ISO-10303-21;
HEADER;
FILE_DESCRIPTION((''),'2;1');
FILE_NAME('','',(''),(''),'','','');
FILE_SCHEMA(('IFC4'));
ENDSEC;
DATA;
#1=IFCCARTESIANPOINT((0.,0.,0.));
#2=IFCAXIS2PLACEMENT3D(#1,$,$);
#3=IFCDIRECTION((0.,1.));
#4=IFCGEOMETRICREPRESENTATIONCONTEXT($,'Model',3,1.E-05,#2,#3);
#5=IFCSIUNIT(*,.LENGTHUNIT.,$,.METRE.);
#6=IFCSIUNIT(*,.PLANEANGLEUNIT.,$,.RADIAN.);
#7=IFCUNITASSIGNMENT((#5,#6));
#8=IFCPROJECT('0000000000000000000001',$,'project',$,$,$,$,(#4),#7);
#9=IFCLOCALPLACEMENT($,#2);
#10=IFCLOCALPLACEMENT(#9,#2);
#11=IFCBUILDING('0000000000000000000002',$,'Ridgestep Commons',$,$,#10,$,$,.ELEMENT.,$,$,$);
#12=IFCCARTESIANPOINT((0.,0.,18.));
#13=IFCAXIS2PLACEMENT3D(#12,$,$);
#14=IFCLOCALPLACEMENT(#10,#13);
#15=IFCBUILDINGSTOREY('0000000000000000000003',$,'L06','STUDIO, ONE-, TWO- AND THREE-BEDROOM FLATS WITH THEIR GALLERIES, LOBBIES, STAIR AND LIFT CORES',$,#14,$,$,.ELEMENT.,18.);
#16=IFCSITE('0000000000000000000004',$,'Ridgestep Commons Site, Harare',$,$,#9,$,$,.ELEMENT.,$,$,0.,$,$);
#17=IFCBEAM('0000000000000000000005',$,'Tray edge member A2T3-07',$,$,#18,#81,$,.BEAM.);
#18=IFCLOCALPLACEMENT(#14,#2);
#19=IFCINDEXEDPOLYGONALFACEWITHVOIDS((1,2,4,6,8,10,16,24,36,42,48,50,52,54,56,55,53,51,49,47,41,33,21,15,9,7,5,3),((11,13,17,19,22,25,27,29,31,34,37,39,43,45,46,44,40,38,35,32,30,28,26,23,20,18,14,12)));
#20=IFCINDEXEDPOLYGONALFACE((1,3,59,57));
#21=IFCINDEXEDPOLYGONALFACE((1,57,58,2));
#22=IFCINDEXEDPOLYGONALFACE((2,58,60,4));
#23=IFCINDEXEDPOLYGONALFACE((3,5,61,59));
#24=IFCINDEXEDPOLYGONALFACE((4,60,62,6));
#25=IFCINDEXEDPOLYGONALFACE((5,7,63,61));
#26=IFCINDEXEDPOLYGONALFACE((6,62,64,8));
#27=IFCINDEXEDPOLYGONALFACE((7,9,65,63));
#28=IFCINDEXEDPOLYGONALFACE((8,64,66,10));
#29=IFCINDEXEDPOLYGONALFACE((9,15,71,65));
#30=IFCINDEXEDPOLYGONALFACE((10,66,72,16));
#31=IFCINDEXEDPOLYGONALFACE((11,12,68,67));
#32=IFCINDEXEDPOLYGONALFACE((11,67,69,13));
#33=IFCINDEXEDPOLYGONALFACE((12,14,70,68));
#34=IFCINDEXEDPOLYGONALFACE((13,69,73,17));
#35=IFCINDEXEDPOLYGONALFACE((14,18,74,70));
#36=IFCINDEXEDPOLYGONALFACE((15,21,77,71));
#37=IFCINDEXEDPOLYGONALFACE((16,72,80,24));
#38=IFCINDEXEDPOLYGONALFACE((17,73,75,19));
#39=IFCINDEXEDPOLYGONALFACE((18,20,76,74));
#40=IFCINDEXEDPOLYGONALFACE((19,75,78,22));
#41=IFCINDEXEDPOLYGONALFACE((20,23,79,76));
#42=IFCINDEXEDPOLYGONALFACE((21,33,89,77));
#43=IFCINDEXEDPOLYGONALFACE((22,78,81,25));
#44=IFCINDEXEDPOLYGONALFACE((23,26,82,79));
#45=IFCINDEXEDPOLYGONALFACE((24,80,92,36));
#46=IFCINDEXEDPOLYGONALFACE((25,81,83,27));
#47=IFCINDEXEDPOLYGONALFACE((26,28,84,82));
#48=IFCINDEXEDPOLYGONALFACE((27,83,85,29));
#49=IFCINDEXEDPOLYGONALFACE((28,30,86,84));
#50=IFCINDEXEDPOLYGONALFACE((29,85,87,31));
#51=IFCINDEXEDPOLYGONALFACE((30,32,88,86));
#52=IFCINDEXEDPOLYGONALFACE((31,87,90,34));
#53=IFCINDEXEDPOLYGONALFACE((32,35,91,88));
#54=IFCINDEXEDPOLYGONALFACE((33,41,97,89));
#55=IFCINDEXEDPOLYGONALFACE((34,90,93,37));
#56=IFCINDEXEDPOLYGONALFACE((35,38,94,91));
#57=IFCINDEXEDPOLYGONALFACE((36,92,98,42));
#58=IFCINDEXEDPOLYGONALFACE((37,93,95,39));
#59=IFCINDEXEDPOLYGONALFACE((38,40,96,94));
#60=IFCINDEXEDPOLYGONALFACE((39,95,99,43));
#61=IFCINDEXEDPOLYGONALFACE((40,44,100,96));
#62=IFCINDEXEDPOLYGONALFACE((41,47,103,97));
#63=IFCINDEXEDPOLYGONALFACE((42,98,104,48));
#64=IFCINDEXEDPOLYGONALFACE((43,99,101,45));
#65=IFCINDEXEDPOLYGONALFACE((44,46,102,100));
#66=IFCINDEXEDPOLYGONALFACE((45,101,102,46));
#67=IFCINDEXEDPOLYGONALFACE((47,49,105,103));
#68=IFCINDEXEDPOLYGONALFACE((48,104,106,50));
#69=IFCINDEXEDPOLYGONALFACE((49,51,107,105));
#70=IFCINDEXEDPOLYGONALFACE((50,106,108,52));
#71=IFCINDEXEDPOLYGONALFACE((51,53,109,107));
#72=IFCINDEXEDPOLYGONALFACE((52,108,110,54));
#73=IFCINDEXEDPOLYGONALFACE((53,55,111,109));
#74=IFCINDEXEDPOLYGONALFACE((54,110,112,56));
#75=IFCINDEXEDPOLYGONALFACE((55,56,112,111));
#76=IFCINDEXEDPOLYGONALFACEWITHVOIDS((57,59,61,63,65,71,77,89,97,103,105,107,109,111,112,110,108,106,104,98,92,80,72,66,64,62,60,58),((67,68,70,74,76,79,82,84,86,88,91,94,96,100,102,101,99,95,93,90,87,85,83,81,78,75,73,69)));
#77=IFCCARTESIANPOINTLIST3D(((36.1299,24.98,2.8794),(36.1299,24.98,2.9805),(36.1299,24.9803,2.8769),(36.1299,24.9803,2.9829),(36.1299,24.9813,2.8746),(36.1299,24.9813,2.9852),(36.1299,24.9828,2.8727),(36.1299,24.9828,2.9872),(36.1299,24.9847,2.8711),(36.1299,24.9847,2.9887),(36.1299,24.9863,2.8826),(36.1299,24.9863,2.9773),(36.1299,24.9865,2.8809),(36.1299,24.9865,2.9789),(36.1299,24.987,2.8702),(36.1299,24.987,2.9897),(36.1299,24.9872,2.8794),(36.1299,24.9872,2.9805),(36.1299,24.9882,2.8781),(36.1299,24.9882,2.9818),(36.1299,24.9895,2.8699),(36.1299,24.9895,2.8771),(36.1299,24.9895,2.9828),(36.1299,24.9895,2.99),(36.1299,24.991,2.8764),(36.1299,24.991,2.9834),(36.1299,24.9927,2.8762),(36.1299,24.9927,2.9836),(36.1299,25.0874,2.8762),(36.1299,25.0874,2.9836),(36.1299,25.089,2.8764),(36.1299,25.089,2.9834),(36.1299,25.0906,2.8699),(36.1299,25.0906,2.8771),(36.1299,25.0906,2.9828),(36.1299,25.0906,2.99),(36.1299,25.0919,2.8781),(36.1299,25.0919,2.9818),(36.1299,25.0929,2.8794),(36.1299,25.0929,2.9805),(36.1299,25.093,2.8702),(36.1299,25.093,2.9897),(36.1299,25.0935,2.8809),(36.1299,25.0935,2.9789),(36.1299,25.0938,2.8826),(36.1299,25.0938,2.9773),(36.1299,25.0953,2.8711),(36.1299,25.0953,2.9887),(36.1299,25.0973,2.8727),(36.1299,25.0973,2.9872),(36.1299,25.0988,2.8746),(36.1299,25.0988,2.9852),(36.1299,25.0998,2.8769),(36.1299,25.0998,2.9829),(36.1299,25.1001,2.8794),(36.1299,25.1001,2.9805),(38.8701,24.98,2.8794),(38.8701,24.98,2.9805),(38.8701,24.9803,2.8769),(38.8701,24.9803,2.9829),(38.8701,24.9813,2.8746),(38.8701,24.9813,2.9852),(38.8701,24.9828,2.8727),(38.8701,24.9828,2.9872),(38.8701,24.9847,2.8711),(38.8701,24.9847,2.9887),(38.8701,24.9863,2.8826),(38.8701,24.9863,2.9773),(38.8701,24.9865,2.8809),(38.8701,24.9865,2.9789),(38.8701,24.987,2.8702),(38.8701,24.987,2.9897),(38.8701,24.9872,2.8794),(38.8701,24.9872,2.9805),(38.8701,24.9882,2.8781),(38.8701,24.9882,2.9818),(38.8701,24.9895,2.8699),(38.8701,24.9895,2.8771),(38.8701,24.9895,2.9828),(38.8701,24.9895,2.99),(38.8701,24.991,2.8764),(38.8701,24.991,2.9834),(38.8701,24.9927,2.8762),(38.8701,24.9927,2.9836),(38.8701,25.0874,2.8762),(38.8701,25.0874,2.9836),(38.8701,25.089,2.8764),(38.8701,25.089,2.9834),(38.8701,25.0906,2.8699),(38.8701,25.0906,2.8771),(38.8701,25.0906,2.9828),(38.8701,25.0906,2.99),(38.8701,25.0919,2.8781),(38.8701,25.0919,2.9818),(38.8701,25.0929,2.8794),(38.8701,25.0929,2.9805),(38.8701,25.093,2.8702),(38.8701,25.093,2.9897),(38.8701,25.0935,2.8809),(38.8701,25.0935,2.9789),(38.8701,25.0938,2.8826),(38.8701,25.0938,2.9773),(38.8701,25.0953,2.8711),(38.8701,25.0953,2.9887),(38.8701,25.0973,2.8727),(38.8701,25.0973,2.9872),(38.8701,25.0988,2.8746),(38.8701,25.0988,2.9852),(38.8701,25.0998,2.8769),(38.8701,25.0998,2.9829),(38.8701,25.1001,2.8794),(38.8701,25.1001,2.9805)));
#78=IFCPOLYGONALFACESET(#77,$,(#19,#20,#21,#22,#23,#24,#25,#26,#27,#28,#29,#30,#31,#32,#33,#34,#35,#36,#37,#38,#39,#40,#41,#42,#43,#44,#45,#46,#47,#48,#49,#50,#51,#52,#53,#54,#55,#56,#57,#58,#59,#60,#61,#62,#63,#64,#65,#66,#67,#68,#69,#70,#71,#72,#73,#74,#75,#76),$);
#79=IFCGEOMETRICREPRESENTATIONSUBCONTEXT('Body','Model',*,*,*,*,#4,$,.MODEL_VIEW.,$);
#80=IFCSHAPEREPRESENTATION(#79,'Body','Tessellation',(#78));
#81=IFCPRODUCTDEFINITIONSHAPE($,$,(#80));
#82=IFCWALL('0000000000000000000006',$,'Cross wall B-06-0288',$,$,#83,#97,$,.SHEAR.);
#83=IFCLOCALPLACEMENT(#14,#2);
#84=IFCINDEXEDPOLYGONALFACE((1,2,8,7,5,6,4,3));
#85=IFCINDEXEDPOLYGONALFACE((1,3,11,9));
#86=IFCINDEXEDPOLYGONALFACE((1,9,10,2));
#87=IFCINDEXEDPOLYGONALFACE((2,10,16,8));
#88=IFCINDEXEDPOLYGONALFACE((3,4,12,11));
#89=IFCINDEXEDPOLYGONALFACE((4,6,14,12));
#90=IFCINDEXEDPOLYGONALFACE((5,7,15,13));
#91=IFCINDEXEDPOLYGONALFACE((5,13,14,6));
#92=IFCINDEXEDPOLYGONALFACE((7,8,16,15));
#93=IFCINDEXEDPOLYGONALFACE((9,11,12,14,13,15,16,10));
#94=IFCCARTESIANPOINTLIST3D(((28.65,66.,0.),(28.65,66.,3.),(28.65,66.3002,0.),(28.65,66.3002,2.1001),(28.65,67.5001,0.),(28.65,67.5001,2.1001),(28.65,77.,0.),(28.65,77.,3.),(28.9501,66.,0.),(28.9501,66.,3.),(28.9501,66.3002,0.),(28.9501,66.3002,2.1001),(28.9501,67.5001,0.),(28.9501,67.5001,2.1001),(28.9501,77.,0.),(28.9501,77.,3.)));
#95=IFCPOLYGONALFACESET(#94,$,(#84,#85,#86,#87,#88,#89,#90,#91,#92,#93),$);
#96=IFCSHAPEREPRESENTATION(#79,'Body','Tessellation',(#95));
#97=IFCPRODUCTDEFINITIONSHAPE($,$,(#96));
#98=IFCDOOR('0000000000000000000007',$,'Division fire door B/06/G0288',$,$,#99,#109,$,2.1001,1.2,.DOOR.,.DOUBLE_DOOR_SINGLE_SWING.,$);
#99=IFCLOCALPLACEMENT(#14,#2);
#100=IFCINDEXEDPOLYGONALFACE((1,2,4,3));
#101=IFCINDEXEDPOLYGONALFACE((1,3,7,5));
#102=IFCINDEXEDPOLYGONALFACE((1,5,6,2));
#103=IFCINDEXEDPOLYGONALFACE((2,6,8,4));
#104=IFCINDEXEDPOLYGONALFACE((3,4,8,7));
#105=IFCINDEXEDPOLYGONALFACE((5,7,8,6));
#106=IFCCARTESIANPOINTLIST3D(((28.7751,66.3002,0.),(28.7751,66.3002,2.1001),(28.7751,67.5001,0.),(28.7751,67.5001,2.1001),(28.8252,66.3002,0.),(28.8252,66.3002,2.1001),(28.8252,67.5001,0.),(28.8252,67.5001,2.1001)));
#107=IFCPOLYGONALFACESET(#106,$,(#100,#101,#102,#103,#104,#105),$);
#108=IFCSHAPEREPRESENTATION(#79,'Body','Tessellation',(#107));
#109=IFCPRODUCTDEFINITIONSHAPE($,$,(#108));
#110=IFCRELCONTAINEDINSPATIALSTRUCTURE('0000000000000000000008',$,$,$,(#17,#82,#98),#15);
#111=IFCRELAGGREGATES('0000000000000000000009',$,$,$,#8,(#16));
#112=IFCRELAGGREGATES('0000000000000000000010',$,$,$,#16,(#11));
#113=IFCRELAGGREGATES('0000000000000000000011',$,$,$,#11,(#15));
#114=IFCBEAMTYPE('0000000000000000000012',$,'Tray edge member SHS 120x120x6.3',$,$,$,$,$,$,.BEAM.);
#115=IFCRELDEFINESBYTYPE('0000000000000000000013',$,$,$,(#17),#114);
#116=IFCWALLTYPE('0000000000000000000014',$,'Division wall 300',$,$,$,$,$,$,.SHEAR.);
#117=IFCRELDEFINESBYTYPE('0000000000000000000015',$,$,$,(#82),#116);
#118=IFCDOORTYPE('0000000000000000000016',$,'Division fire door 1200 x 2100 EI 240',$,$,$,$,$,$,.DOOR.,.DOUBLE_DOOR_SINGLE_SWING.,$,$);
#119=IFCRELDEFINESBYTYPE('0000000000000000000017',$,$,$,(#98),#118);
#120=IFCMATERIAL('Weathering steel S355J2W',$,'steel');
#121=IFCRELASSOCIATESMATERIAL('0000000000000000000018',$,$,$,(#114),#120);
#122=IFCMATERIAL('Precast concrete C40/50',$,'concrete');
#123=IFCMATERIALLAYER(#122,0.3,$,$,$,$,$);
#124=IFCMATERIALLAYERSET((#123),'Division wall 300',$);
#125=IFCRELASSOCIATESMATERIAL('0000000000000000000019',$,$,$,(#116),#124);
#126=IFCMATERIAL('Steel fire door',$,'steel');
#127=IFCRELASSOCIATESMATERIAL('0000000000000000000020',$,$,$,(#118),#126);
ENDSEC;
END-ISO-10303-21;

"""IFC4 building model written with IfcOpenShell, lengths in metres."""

from ifc_helpers import new_model, si_unit, direction, frame, frame_2d, origin, origin_2d, place, context, subcontext, project, spatial, rectangle, hollow_rectangle, extrude, material, layer, layer_set, material_profile, profile_set, type_object, element, fill, save


model = new_model("IFC4")

# Units and contexts
model_context = context("Model", 3, precision=1e-05, world=origin(), true_north=direction((0.0, 1.0)))
body_context = subcontext(model_context, "Body", "Model", "MODEL_VIEW")
ifc_project = project(units=[si_unit("LENGTHUNIT", "METRE"), si_unit("PLANEANGLEUNIT", "RADIAN")], contexts=[model_context])

# Site, building, storey
site_placement = place(None, origin())
site = spatial("IfcSite", under=ifc_project, at=site_placement, Name="Ridgestep Commons Site, Harare", CompositionType="ELEMENT", RefElevation=0.0)
building_placement = place(site_placement, origin())
building = spatial("IfcBuilding", under=site, at=building_placement, Name="Ridgestep Commons", CompositionType="ELEMENT")
storey_placement = place(building_placement, frame((0.0, 0.0, 18.0)))
storey = spatial("IfcBuildingStorey", under=building, at=storey_placement, Name="L06", Description="STUDIO, ONE-, TWO- AND THREE-BEDROOM FLATS WITH THEIR GALLERIES, LOBBIES, STAIR AND LIFT CORES", CompositionType="ELEMENT", Elevation=18.0)

# Beam
ifc_material_1 = material(Name="Weathering steel S355J2W", Category="steel")
ifc_material_profile_1 = material_profile(ifc_material_1, hollow_rectangle(XDim=0.1201, YDim=0.1201, WallThickness=0.0063, InnerFilletRadius=0.0063, OuterFilletRadius=0.0095, at=origin_2d()), Name="SHS 120x120x6.3")
ifc_profile_set_1 = profile_set([ifc_material_profile_1], Name="Weathering steel S355J2W")
beam_type_1 = type_object("IfcBeamType", Name="Tray edge member SHS 120x120x6.3", PredefinedType="BEAM", material=ifc_profile_set_1)
beam_1_placement = place(storey_placement, frame((36.1299, 25.04, 2.9299), z_axis=(1.0, 0.0, 0.0), x_axis=(0.0, 0.0, 1.0)))
element("IfcBeam", 1, at=beam_1_placement, inside=storey, type_object=beam_type_1, Name="Tray edge member A2T3-07", PredefinedType="BEAM", context=body_context, shape_type="SweptSolid", body=[
    extrude(hollow_rectangle(XDim=0.1201, YDim=0.1201, WallThickness=0.0063, InnerFilletRadius=0.0063, OuterFilletRadius=0.0095, at=origin_2d()), origin(), (0.0, 0.0, 1.0), 2.7402),
])

# Wall, opening, door
ifc_material_2 = material(Name="Precast concrete C40/50", Category="concrete")
ifc_layer_1 = layer(ifc_material_2, 0.3)
ifc_layer_set_1 = layer_set([ifc_layer_1], Name="Division wall 300")
wall_type = type_object("IfcWallType", Name="Division wall 300", PredefinedType="SHEAR", material=ifc_layer_set_1)
wall_placement = place(storey_placement, frame((28.8, 66.0, 0.0), z_axis=(0.0, 0.0, 1.0), x_axis=(0.0, 1.0, 0.0)))
wall = element("IfcWall", 2, at=wall_placement, inside=storey, type_object=wall_type, Name="Cross wall B-06-0288", PredefinedType="SHEAR", context=body_context, shape_type="SweptSolid", body=[
    extrude(rectangle(XDim=11.0, YDim=0.3, at=frame_2d((5.5, 0.0))), origin(), (0.0, 0.0, 1.0), 3.0),
])
opening_placement = place(wall_placement, frame((0.3, 0.0, 0.0)))
opening = element("IfcOpeningElement", 3, at=opening_placement, cuts=wall, PredefinedType="OPENING", context=body_context, shape_type="SweptSolid", body=[
    extrude(rectangle(XDim=1.2, YDim=2.1001, at=frame_2d((0.6001, 1.05))), frame((0.0, 0.1599, 0.0), z_axis=(0.0, -1.0, 0.0), x_axis=(1.0, 0.0, 0.0)), (0.0, 0.0, 1.0), 0.3201),
])
ifc_material_3 = material(Name="Steel fire door", Category="steel")
door_type = type_object("IfcDoorType", Name="Division fire door 1200 x 2100 EI 240", OperationType="DOUBLE_DOOR_SINGLE_SWING", PredefinedType="DOOR", material=ifc_material_3)
door_placement = place(opening_placement, origin())
door = element("IfcDoor", 4, at=door_placement, inside=storey, type_object=door_type, Name="Division fire door B/06/G0288", OperationType="DOUBLE_DOOR_SINGLE_SWING", OverallHeight=2.1001, OverallWidth=1.2, PredefinedType="DOOR", context=body_context, shape_type="SweptSolid", body=[
    extrude(rectangle(XDim=1.2, YDim=2.1001, at=frame_2d((0.6001, 1.05))), frame((0.0, 0.0249, 0.0), z_axis=(0.0, -1.0, 0.0), x_axis=(1.0, 0.0, 0.0)), (0.0, 0.0, 1.0), 0.05),
])
fill(opening, door)

save(model, "model.ifc")
